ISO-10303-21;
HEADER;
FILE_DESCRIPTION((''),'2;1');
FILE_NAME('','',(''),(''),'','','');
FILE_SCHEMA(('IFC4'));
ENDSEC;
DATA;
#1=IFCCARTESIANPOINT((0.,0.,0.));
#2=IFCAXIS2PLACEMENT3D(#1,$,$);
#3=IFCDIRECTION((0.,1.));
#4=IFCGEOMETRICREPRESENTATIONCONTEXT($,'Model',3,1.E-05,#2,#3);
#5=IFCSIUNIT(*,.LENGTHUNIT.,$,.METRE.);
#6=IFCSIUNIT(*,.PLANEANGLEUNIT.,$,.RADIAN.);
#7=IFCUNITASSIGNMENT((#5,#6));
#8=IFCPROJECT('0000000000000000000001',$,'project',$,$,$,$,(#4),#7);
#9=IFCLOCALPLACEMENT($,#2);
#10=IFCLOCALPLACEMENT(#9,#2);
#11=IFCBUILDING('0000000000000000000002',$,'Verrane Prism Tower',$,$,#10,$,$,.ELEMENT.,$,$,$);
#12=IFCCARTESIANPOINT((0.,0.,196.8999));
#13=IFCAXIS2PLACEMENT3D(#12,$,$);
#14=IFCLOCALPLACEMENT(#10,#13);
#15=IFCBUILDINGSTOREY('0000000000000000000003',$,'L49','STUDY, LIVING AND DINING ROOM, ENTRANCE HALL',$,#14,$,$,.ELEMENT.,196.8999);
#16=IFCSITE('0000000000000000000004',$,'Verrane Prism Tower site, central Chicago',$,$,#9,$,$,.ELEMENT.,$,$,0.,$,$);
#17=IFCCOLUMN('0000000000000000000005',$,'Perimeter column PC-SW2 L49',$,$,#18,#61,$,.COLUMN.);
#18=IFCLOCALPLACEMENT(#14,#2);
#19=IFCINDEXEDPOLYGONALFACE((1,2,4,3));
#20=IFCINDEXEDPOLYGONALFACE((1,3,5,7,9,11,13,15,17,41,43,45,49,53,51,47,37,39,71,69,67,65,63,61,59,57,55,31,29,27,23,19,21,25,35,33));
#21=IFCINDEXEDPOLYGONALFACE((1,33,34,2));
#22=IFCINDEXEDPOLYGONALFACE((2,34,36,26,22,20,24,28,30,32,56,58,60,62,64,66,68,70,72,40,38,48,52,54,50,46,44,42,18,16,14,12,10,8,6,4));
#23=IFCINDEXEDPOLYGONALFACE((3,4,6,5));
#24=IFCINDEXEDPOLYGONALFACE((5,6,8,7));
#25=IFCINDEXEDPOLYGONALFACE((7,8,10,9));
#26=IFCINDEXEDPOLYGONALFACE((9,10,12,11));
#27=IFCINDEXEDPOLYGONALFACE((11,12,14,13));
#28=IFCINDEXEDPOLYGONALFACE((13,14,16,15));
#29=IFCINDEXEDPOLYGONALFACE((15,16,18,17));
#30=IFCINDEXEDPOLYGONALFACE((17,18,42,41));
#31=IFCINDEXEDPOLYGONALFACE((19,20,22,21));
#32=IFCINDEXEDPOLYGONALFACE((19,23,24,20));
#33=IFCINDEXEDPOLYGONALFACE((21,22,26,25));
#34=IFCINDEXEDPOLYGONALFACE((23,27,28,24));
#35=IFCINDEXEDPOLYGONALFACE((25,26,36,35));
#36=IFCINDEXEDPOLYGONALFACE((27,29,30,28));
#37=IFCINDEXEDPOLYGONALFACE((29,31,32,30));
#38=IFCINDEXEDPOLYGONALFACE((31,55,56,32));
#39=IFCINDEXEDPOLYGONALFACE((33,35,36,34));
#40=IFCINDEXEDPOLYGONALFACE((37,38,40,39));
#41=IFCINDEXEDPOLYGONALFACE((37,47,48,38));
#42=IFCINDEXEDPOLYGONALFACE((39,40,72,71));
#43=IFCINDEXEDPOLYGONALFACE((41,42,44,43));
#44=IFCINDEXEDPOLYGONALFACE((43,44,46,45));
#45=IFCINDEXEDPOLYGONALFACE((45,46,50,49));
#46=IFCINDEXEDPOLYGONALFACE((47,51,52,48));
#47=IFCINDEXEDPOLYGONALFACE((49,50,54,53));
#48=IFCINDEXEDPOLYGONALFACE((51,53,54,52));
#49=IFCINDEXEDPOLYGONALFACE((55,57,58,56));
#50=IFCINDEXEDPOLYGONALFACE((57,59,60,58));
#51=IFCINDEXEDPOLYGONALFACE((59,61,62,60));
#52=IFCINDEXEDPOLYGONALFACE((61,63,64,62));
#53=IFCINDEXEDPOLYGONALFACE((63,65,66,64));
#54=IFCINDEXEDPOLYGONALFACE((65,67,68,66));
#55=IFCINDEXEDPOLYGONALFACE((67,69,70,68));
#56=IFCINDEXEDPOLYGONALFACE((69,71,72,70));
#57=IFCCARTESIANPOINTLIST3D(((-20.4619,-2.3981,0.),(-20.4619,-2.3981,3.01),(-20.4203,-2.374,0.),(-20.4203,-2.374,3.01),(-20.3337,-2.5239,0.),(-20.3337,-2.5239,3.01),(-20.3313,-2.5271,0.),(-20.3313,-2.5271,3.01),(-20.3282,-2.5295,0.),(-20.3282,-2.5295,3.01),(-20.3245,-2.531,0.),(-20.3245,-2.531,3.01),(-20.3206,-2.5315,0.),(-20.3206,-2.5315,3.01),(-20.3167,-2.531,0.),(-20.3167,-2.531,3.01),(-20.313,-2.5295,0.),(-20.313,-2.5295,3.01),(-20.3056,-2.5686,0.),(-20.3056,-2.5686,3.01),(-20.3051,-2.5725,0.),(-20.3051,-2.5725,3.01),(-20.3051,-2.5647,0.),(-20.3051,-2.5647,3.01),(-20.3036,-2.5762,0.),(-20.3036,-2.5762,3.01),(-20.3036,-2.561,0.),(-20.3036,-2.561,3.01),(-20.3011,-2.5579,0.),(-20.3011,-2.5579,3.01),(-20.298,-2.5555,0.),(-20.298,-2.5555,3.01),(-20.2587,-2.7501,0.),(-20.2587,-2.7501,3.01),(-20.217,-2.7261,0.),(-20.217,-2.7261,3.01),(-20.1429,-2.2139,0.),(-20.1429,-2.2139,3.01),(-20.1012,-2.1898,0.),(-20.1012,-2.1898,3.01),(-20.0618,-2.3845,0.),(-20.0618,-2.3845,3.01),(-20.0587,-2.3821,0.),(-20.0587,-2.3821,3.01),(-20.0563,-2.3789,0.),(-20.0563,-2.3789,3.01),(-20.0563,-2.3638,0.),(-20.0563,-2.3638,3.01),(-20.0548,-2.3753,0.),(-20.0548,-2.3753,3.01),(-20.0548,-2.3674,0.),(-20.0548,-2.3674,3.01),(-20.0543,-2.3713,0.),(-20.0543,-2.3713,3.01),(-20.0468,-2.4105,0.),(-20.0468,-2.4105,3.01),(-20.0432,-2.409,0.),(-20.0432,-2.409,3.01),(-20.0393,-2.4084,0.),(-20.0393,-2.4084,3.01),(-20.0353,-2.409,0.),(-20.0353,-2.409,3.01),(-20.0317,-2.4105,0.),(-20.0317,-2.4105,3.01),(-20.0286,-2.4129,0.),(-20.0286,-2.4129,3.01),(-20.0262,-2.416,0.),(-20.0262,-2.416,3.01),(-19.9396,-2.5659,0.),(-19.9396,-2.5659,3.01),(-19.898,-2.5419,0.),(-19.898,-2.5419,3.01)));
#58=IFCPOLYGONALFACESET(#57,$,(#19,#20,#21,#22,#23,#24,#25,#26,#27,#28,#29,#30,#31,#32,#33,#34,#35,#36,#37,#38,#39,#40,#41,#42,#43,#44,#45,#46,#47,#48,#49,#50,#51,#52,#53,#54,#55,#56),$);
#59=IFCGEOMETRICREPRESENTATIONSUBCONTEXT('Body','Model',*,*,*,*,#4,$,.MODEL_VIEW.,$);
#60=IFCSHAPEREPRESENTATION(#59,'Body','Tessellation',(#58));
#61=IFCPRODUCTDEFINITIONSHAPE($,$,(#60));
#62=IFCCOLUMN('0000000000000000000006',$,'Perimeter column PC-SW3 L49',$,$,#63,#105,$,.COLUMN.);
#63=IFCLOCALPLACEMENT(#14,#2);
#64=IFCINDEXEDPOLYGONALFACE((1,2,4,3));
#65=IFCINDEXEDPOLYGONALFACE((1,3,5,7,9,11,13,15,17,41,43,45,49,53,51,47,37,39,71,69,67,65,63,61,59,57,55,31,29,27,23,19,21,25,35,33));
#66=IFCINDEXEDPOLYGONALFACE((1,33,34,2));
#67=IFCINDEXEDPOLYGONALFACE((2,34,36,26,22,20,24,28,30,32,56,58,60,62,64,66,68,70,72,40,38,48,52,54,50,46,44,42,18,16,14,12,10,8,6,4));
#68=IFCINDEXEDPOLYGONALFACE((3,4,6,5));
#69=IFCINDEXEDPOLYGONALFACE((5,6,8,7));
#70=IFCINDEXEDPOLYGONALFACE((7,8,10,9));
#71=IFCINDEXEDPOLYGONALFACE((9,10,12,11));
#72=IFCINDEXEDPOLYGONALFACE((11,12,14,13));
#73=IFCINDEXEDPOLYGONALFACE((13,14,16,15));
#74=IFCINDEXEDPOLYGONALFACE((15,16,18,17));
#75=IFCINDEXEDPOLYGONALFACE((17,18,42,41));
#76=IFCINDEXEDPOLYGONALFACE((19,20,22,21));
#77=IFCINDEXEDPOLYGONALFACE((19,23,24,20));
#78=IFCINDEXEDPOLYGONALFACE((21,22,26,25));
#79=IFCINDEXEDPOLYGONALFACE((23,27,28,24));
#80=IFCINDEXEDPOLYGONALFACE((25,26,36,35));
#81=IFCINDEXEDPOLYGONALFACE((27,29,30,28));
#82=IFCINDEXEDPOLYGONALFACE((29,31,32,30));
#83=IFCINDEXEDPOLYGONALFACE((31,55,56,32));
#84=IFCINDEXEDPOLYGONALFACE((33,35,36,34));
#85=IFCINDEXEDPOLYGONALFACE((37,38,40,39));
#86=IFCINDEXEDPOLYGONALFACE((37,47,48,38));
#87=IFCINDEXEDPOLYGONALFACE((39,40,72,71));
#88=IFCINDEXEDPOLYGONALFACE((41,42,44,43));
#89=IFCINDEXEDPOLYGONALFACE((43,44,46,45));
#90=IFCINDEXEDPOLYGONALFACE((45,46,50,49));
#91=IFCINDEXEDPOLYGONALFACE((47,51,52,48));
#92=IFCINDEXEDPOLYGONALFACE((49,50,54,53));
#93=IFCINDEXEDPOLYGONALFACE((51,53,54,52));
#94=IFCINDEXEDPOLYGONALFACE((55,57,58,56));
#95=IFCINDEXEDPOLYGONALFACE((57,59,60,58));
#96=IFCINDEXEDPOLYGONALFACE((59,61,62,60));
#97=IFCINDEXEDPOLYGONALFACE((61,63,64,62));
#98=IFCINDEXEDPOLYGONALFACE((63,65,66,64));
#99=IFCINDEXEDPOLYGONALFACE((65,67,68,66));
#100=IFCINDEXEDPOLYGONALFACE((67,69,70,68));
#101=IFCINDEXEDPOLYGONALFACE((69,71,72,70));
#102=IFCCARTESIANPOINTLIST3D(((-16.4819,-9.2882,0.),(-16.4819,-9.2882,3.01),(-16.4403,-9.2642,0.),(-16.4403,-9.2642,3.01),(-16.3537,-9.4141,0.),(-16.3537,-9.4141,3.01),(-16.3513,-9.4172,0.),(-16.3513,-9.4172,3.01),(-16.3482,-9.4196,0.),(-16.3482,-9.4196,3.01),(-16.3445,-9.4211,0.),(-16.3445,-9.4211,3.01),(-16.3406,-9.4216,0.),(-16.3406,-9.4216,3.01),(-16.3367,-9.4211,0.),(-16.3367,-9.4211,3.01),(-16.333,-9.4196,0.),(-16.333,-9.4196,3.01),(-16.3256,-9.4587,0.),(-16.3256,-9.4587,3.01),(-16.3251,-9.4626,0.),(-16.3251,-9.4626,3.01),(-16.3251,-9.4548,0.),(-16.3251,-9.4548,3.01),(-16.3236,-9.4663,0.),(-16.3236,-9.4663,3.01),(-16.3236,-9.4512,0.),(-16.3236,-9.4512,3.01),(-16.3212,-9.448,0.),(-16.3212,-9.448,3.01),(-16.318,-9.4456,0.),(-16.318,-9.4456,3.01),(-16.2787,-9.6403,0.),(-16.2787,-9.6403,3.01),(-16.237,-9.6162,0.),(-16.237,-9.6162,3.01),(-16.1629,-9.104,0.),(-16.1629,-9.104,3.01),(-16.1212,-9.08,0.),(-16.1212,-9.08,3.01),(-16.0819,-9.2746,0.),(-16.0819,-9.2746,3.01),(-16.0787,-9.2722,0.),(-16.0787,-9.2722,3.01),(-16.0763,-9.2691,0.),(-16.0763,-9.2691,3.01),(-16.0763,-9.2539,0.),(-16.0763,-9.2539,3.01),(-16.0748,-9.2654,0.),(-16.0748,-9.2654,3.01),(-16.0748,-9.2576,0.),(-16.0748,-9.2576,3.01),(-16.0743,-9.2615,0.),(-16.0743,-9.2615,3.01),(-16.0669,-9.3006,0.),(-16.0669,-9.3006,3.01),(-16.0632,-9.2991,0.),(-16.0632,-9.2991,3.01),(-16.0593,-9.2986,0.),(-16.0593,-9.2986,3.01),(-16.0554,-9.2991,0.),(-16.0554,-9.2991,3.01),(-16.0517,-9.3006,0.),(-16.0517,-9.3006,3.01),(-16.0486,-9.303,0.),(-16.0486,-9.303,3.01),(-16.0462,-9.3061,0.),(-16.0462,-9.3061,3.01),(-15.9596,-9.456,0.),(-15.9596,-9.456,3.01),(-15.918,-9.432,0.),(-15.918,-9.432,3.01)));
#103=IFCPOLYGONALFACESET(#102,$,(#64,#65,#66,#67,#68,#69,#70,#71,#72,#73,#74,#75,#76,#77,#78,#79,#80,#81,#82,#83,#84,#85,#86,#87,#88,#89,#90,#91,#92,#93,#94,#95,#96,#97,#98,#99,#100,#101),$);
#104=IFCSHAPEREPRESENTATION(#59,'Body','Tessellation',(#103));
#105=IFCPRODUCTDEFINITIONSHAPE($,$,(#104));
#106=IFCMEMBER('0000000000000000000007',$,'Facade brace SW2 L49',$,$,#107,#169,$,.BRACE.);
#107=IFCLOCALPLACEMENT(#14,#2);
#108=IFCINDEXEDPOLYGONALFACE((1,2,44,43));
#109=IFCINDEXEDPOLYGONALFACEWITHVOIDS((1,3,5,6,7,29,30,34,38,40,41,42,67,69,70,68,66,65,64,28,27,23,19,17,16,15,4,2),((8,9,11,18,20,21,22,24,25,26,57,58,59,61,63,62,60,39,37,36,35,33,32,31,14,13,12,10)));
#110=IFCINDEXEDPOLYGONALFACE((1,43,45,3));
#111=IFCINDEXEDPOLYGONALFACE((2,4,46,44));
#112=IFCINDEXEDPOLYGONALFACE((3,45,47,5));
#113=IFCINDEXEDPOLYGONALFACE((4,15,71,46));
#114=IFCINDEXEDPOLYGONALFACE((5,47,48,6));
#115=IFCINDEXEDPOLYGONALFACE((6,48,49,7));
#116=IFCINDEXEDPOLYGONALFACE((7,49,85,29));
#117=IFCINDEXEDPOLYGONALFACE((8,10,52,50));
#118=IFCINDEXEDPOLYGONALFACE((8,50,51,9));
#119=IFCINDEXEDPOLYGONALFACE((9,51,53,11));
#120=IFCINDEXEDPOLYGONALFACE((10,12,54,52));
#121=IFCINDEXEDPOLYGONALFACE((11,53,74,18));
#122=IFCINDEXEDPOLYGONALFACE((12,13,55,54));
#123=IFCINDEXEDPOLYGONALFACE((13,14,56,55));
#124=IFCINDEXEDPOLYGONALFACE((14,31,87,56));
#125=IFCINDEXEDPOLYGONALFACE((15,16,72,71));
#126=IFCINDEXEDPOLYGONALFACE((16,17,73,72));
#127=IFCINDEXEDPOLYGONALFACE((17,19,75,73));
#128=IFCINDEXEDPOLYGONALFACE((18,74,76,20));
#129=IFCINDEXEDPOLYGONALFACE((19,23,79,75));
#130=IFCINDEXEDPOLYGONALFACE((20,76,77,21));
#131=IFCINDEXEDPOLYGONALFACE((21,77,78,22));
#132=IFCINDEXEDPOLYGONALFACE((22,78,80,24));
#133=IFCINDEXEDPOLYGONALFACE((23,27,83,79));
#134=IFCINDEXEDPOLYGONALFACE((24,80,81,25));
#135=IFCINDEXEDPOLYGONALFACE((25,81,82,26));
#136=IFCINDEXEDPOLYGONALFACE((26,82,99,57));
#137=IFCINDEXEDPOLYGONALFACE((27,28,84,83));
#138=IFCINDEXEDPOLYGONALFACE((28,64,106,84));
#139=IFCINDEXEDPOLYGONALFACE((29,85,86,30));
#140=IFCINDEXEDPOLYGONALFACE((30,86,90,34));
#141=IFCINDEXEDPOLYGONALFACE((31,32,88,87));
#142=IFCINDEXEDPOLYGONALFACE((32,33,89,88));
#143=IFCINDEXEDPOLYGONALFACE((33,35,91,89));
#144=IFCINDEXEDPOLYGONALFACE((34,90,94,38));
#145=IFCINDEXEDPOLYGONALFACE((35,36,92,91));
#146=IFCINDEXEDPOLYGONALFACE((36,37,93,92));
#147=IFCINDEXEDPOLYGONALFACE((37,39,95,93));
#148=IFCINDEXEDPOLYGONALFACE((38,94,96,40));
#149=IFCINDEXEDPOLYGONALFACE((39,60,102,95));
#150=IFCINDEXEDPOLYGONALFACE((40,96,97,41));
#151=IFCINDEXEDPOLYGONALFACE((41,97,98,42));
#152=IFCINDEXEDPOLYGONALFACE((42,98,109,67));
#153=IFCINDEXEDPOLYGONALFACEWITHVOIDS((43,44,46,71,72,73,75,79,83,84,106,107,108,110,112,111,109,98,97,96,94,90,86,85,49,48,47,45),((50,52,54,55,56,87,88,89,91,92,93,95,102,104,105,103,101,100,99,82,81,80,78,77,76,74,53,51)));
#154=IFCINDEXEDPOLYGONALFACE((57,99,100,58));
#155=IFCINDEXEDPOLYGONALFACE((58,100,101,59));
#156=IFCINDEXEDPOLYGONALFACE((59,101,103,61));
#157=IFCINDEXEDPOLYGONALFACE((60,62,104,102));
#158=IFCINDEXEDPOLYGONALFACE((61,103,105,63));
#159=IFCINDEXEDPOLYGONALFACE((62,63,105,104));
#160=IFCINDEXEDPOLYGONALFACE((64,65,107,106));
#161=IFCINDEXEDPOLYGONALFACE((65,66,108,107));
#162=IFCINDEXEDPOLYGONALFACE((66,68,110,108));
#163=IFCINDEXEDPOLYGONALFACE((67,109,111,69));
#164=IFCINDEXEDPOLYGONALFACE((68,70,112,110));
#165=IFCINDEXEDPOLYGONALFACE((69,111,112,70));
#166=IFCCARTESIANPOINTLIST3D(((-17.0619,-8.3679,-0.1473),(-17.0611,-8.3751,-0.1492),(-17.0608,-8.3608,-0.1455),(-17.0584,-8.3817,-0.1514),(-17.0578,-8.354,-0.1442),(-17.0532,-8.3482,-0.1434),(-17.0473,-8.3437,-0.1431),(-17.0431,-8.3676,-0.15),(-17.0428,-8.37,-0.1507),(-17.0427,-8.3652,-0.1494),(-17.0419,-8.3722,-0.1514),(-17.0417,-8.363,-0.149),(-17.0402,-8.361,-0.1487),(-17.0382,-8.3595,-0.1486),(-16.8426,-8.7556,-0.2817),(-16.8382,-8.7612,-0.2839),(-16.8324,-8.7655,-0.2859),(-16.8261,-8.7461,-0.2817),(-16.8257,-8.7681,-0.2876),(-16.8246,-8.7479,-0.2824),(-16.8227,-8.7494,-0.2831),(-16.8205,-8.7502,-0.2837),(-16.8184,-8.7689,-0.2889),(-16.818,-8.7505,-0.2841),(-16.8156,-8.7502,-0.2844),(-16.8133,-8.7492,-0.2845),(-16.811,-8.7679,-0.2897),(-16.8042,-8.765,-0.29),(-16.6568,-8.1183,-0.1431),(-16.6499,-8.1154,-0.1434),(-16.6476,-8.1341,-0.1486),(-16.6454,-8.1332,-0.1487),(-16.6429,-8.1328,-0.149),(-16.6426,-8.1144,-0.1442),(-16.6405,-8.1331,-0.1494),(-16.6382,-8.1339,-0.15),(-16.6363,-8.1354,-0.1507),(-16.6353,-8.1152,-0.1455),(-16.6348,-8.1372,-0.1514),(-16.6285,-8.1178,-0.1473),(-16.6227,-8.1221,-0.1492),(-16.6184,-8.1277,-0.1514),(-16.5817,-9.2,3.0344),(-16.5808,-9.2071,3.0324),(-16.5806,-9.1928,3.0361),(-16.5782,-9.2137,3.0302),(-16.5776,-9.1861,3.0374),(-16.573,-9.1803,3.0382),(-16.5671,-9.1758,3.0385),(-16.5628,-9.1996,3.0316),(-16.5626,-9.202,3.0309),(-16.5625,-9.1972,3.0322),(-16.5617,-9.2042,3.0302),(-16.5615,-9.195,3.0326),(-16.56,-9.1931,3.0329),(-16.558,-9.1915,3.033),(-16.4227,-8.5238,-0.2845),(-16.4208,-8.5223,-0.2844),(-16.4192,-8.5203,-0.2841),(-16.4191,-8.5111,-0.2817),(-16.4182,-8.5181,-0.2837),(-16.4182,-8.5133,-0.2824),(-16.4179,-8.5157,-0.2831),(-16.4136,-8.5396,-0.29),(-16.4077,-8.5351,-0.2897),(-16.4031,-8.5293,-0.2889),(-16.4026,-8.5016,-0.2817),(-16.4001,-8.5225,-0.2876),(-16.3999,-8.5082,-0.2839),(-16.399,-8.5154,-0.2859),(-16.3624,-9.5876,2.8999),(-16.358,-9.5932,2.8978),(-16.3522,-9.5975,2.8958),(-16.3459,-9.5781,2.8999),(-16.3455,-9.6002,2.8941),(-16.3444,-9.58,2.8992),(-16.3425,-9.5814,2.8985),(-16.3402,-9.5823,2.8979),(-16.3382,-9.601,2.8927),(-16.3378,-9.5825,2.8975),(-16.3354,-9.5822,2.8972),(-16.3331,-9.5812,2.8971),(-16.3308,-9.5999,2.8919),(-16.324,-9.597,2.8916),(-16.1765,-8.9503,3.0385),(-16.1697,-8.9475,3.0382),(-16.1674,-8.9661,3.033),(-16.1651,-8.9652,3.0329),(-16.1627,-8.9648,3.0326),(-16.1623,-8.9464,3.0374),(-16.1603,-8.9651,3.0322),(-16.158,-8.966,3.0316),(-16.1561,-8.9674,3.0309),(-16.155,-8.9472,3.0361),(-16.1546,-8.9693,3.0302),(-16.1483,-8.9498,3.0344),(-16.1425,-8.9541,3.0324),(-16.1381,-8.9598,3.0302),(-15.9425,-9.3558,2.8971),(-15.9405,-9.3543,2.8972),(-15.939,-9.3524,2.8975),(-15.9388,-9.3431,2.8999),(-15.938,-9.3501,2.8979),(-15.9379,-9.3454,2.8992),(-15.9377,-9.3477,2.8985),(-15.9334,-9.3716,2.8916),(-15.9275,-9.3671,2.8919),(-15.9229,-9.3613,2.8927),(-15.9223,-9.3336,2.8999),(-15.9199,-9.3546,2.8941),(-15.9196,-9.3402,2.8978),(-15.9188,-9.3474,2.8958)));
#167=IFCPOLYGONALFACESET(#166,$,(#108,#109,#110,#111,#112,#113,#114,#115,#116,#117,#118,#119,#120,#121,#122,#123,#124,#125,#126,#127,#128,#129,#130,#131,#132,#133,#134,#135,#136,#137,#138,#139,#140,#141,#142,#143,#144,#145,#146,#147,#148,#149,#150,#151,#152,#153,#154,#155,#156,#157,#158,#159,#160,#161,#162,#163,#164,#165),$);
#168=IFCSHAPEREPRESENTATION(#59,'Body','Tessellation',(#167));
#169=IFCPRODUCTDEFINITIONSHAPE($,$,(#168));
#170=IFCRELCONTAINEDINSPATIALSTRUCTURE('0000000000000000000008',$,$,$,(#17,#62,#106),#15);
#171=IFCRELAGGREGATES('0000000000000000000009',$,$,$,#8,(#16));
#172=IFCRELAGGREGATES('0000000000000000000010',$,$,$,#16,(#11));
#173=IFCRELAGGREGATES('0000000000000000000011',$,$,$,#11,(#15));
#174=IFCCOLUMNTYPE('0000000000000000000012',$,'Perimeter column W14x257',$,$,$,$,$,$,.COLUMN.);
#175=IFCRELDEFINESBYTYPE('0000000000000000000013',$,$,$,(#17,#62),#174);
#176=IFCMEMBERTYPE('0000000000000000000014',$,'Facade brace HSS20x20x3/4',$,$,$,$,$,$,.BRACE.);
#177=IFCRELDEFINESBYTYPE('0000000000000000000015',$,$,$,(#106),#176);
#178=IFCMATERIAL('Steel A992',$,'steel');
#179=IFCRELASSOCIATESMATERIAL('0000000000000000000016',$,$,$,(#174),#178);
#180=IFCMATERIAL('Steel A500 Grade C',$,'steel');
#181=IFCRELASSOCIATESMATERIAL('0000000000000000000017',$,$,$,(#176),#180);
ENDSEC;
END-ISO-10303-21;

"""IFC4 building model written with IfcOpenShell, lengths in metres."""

from ifc_helpers import new_model, si_unit, direction, frame, origin, origin_2d, place, context, subcontext, project, spatial, hollow_rectangle, i_section, extrude, material, material_profile, profile_set, type_object, element, save


model = new_model("IFC4")

# Units and contexts
model_context = context("Model", 3, precision=1e-05, world=origin(), true_north=direction((0.0, 1.0)))
body_context = subcontext(model_context, "Body", "Model", "MODEL_VIEW")
ifc_project = project(units=[si_unit("LENGTHUNIT", "METRE"), si_unit("PLANEANGLEUNIT", "RADIAN")], contexts=[model_context])

# Site, building, storey
site_placement = place(None, origin())
site = spatial("IfcSite", under=ifc_project, at=site_placement, Name="Verrane Prism Tower site, central Chicago", CompositionType="ELEMENT", RefElevation=0.0)
building_placement = place(site_placement, origin())
building = spatial("IfcBuilding", under=site, at=building_placement, Name="Verrane Prism Tower", CompositionType="ELEMENT")
storey_placement = place(building_placement, frame((0.0, 0.0, 196.8999)))
storey = spatial("IfcBuildingStorey", under=building, at=storey_placement, Name="L49", Description="STUDY, LIVING AND DINING ROOM, ENTRANCE HALL", CompositionType="ELEMENT", Elevation=196.8999)

# Columns
ifc_material_1 = material(Name="Steel A992", Category="steel")
ifc_material_profile_1 = material_profile(ifc_material_1, i_section(OverallWidth=0.4065, OverallDepth=0.4165, WebThickness=0.03, FlangeThickness=0.0481, FilletRadius=0.0151, at=origin_2d()), Name="W14x257")
ifc_profile_set_1 = profile_set([ifc_material_profile_1], Name="Steel A992")
column_type = type_object("IfcColumnType", Name="Perimeter column W14x257", PredefinedType="COLUMN", material=ifc_profile_set_1)
for number, where, z_axis, x_axis, name in (
    (1, (-20.1799, -2.47, 0.0), (0.0, 0.0, 1.0), (-0.5, 0.866025, 0.0), "Perimeter column PC-SW2 L49"),
    (2, (-16.2, -9.3601, 0.0), (0.0, 0.0, 1.0), (-0.5, 0.866025, 0.0), "Perimeter column PC-SW3 L49"),
):
    element("IfcColumn", number, at=place(storey_placement, frame(where, z_axis=z_axis, x_axis=x_axis)), inside=storey, type_object=column_type, Name=name, PredefinedType="COLUMN", context=body_context, shape_type="SweptSolid", body=[
        extrude(i_section(OverallWidth=0.4065, OverallDepth=0.4165, WebThickness=0.03, FlangeThickness=0.0481, FilletRadius=0.0151, at=origin_2d()), origin(), (0.0, 0.0, 1.0), 3.01),
    ])

# Member
ifc_material_2 = material(Name="Steel A500 Grade C", Category="steel")
ifc_material_profile_2 = material_profile(ifc_material_2, hollow_rectangle(XDim=0.5081, YDim=0.5081, WallThickness=0.019, InnerFilletRadius=0.0095, OuterFilletRadius=0.0286, at=origin_2d()), Name="HSS20x20x3/4")
ifc_profile_set_2 = profile_set([ifc_material_profile_2], Name="Steel A500 Grade C")
member_type_1 = type_object("IfcMemberType", Name="Facade brace HSS20x20x3/4", PredefinedType="BRACE", material=ifc_profile_set_2)
member_1_placement = place(storey_placement, frame((-16.7305, -8.4417, -0.2166), z_axis=(0.144493, -0.250347, 0.957313), x_axis=(0.866092, 0.499884, 0.0)))
element("IfcMember", 3, at=member_1_placement, inside=storey, type_object=member_type_1, Name="Facade brace SW2 L49", PredefinedType="BRACE", context=body_context, shape_type="SweptSolid", body=[
    extrude(hollow_rectangle(XDim=0.5081, YDim=0.5081, WallThickness=0.019, InnerFilletRadius=0.0095, OuterFilletRadius=0.0286, at=origin_2d()), origin(), (0.0, 0.0, 1.0), 3.3235),
])

save(model, "model.ifc")
